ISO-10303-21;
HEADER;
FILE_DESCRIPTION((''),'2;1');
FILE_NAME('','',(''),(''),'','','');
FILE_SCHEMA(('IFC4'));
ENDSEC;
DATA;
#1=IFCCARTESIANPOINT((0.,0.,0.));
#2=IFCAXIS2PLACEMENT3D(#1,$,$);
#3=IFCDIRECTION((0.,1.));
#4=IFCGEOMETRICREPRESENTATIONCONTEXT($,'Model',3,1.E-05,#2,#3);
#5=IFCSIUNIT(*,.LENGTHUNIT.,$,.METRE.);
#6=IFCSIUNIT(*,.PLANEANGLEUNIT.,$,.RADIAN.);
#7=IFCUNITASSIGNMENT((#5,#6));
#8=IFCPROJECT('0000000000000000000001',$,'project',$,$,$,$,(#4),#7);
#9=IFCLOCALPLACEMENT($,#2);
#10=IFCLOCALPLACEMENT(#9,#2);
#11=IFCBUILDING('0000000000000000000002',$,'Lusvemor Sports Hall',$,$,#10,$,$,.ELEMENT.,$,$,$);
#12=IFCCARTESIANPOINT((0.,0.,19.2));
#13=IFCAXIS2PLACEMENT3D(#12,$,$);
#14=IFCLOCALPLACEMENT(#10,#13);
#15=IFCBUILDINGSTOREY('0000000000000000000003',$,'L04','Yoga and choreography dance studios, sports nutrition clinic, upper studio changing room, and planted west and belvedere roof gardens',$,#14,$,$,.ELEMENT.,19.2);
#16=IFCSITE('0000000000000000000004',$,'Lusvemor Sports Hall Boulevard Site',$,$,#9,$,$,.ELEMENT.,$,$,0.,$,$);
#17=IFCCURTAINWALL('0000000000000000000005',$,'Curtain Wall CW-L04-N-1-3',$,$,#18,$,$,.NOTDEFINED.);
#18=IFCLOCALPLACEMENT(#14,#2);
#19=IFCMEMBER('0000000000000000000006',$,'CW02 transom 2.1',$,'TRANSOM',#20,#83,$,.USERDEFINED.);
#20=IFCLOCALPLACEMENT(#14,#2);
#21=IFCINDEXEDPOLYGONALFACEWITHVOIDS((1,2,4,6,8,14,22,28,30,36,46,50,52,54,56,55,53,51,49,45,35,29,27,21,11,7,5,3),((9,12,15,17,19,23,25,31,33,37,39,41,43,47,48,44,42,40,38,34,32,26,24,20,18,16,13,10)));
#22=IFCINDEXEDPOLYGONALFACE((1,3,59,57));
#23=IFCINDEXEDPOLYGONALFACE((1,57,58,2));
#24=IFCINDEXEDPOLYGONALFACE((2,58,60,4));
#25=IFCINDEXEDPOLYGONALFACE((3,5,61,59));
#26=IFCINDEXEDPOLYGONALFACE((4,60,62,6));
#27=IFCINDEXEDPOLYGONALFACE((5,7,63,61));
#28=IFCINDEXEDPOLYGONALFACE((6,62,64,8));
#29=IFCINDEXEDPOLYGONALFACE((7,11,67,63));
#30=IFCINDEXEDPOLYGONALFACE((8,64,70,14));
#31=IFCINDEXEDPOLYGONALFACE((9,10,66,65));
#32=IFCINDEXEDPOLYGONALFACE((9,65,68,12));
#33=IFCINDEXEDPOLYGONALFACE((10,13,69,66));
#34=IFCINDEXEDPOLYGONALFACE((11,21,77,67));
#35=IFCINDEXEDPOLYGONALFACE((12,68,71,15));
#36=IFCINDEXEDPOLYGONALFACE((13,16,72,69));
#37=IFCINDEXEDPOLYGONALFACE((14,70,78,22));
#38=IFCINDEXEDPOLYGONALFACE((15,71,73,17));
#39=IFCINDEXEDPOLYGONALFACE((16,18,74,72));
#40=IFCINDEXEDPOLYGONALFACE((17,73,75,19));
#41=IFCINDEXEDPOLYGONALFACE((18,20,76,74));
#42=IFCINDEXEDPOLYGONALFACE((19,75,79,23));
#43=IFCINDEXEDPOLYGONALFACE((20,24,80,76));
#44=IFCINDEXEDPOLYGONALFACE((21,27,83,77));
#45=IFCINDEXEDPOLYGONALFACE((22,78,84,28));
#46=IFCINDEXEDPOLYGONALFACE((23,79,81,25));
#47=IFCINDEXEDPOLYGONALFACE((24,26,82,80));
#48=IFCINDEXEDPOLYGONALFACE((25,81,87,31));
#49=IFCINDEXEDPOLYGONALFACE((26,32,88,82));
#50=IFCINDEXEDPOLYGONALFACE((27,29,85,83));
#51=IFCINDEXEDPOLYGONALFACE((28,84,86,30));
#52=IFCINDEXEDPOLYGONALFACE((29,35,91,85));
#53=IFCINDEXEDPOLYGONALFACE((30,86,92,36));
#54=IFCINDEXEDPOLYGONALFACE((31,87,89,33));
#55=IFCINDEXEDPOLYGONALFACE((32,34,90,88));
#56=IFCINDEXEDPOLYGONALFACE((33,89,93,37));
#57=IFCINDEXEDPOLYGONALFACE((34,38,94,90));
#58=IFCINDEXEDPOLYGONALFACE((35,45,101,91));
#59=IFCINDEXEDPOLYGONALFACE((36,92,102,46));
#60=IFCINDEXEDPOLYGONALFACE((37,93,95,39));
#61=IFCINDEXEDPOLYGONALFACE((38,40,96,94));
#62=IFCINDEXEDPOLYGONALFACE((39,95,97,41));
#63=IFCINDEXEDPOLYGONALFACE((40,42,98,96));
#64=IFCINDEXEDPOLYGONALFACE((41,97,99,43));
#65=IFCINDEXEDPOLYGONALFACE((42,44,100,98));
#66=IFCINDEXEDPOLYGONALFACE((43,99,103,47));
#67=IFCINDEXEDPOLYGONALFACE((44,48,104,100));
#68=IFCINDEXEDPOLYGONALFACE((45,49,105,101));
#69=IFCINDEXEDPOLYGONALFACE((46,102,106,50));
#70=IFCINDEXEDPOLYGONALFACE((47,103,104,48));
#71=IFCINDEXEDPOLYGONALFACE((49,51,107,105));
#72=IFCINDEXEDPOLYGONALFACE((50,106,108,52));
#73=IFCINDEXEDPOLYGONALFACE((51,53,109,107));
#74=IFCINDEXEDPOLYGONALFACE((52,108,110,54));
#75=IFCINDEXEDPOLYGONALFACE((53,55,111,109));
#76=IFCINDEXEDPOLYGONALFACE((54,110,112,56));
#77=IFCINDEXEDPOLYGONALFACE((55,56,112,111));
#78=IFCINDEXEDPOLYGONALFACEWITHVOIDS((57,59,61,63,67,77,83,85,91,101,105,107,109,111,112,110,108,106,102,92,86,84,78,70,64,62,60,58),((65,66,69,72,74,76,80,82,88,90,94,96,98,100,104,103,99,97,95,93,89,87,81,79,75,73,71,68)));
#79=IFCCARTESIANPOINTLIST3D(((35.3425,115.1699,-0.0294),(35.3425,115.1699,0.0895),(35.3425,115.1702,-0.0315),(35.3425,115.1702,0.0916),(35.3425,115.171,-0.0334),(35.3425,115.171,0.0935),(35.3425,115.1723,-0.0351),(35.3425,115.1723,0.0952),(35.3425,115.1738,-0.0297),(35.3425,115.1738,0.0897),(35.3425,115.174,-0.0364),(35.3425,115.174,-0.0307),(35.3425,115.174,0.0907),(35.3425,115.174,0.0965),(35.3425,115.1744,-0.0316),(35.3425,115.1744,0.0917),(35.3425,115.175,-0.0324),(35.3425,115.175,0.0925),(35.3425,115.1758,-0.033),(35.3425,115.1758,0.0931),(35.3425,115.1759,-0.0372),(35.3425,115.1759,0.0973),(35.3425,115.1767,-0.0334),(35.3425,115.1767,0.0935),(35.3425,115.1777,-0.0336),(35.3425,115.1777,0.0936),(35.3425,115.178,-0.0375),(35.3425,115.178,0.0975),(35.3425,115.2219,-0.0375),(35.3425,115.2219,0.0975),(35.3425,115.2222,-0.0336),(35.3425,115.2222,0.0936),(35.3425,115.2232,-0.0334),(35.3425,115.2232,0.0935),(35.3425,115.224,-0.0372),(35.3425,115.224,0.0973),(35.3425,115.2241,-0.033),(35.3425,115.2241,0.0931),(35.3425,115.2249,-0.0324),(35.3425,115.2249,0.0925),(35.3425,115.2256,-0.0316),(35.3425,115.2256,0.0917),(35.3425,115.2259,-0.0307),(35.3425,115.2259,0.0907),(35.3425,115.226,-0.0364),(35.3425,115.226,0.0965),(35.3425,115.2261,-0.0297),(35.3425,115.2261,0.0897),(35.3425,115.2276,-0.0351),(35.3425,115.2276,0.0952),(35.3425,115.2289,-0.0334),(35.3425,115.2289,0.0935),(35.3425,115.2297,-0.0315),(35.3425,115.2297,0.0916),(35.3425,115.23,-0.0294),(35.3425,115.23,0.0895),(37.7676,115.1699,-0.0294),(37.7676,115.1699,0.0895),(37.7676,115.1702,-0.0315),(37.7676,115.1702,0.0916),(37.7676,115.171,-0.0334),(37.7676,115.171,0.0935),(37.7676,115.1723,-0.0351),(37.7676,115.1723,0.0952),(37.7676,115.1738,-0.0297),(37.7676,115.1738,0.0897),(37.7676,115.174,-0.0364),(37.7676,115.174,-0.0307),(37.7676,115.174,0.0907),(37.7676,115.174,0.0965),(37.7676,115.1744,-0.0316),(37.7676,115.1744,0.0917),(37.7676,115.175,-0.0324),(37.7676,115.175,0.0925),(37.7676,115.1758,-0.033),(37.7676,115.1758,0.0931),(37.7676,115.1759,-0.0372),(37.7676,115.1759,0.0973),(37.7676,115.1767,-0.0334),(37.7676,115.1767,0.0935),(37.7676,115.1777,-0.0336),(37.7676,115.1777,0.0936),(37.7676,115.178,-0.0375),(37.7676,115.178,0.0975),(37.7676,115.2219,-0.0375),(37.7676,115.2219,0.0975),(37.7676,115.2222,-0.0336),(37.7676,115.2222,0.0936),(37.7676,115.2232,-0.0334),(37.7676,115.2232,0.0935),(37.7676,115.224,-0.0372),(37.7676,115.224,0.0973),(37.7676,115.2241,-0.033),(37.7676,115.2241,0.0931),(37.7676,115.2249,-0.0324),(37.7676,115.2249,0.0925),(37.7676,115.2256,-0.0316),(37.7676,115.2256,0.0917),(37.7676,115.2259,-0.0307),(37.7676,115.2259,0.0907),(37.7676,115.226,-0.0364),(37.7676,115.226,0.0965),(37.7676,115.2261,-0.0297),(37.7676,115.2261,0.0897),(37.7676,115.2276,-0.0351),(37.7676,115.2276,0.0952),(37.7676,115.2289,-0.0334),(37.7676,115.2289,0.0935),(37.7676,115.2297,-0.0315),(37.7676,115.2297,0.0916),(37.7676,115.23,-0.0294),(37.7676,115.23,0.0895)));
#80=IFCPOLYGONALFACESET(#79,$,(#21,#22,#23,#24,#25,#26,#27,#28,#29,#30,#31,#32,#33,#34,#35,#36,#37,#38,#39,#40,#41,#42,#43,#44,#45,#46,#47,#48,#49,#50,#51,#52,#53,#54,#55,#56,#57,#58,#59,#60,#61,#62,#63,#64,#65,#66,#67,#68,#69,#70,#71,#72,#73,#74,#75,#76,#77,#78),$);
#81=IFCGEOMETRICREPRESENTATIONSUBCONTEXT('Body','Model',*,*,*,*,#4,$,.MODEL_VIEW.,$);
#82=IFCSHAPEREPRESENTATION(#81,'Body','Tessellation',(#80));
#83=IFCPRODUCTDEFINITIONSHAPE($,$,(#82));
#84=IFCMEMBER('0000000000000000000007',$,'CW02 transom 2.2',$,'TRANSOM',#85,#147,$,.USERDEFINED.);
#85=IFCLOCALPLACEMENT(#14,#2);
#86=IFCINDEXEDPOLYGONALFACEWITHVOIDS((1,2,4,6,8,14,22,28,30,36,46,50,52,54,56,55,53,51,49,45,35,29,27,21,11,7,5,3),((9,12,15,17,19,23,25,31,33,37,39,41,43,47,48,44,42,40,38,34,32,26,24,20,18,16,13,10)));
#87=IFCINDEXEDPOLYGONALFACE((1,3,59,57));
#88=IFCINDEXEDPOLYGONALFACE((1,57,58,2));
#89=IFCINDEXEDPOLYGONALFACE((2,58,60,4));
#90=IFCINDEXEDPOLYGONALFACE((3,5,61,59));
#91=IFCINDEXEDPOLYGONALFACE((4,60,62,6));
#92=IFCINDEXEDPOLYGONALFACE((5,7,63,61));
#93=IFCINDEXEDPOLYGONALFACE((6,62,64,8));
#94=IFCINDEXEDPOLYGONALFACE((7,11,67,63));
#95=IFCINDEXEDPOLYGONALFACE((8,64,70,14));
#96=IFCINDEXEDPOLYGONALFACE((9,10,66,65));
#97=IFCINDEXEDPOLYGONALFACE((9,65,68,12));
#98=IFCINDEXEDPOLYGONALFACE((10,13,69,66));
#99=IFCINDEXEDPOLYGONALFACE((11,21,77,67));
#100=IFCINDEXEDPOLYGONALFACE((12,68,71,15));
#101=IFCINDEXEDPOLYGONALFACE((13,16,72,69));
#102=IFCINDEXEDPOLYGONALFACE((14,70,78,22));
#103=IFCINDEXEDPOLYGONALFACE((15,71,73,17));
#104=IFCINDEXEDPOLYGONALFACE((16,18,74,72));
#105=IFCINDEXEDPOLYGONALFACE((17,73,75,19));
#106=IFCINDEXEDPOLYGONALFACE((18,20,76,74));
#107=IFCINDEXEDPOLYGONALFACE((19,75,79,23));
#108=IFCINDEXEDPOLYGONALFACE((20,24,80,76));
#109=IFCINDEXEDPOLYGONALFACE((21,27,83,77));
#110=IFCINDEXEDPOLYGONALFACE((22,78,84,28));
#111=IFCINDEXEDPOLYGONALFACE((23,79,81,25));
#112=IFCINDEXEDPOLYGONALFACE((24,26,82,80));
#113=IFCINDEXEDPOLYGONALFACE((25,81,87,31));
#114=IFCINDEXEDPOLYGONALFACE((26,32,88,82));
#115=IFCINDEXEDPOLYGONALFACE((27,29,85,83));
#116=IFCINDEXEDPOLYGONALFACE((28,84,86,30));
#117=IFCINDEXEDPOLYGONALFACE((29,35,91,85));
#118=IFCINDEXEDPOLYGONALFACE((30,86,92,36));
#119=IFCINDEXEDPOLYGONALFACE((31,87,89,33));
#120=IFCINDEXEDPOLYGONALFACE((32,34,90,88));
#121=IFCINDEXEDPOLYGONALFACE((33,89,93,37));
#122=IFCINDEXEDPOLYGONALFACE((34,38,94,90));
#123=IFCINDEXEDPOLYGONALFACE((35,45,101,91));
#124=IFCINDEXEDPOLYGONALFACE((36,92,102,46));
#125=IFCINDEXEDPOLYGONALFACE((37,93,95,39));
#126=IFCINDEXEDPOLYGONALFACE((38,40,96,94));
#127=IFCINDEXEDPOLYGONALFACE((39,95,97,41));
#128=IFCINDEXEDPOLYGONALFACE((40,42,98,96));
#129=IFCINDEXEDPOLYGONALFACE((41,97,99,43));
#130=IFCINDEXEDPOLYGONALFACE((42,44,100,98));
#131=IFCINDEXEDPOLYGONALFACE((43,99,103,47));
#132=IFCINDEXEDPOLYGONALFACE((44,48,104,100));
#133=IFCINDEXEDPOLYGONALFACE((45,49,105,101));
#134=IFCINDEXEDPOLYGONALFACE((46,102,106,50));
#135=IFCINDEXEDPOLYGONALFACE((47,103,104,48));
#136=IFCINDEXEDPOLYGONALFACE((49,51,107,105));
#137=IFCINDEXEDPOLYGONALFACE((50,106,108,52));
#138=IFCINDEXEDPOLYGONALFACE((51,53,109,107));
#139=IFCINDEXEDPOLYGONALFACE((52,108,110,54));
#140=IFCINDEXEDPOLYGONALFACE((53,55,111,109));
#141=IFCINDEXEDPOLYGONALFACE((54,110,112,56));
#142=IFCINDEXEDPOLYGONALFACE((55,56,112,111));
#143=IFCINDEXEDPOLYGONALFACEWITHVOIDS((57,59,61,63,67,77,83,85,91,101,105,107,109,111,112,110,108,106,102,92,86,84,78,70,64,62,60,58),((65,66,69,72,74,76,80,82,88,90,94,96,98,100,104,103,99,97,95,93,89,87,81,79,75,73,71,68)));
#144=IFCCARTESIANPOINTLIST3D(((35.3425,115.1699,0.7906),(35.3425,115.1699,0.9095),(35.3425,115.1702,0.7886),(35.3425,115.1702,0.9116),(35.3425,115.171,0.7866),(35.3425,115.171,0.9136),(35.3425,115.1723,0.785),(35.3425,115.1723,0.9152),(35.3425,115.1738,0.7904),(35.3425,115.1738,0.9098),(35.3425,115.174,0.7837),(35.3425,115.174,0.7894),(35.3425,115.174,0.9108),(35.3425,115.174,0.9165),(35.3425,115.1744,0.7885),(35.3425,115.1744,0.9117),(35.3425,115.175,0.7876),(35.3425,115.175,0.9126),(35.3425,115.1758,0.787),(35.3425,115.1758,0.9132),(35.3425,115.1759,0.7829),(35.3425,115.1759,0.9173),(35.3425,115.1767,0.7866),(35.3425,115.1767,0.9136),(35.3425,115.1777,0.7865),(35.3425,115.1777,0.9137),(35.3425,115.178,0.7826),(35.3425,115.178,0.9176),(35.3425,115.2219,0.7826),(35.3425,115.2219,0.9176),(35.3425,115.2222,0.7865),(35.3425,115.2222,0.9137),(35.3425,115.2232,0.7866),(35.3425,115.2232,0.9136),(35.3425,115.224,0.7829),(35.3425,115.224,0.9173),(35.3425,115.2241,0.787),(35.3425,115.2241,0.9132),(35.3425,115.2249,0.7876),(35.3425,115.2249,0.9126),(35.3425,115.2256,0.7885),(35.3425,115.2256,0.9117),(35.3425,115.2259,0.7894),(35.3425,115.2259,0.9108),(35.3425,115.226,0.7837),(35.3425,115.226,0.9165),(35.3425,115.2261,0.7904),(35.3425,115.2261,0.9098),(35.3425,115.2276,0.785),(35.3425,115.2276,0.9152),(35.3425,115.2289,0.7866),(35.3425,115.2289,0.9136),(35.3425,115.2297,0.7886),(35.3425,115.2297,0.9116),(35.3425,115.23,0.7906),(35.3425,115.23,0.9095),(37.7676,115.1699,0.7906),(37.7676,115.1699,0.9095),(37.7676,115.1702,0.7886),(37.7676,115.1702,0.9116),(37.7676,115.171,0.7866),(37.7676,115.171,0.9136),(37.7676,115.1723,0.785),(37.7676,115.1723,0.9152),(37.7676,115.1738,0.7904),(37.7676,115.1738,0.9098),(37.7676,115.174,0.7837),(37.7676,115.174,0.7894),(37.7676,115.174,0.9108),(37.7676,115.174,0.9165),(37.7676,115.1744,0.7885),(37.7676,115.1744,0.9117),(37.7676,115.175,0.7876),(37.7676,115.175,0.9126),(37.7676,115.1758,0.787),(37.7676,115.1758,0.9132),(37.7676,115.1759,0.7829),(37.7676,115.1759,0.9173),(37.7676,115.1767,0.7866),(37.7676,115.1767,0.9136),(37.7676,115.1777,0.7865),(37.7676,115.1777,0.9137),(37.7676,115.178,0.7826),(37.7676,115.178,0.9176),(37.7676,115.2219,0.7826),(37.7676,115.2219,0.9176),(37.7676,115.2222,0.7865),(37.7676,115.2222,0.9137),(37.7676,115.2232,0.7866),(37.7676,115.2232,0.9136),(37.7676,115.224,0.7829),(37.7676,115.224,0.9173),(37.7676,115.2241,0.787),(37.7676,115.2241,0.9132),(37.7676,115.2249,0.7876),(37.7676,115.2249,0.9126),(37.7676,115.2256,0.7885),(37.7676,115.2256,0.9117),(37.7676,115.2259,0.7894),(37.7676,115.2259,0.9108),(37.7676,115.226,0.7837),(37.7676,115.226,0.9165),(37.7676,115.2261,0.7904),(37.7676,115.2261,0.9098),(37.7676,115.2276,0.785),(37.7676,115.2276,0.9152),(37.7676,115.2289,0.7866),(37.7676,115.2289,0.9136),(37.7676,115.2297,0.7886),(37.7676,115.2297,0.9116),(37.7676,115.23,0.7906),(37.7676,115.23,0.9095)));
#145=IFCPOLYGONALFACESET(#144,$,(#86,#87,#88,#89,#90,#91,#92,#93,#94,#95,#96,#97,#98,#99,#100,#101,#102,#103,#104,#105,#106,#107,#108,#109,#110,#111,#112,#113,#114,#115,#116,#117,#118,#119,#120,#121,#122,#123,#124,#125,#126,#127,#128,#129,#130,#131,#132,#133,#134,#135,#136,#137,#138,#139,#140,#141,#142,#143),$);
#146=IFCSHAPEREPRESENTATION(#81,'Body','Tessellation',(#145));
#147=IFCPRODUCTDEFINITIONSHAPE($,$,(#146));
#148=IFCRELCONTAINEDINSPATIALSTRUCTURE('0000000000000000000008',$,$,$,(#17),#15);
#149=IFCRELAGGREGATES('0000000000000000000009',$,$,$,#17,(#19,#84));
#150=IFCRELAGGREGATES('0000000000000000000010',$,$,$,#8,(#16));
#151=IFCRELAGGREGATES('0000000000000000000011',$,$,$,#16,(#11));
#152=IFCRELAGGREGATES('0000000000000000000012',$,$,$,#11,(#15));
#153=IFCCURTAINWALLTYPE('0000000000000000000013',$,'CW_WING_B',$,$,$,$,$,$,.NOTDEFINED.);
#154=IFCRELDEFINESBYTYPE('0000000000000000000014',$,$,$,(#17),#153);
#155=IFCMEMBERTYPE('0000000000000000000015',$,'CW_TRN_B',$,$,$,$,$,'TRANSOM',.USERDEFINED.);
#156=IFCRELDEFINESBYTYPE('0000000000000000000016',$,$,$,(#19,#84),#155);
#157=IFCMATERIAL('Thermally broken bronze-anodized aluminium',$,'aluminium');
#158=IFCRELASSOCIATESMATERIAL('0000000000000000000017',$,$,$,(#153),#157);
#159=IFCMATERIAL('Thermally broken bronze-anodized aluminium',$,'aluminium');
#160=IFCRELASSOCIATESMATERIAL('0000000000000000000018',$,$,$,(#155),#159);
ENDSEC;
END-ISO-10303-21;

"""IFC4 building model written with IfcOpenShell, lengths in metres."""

from ifc_helpers import new_model, si_unit, direction, frame, origin, origin_2d, place, context, subcontext, project, spatial, hollow_rectangle, extrude, material, material_profile, profile_set, type_object, element, aggregate, save


model = new_model("IFC4")

# Units and contexts
model_context = context("Model", 3, precision=1e-05, world=origin(), true_north=direction((0.0, 1.0)))
body_context = subcontext(model_context, "Body", "Model", "MODEL_VIEW")
ifc_project = project(units=[si_unit("LENGTHUNIT", "METRE"), si_unit("PLANEANGLEUNIT", "RADIAN")], contexts=[model_context])

# Site, building, storey
site_placement = place(None, origin())
site = spatial("IfcSite", under=ifc_project, at=site_placement, Name="Lusvemor Sports Hall Boulevard Site", CompositionType="ELEMENT", RefElevation=0.0)
building_placement = place(site_placement, origin())
building = spatial("IfcBuilding", under=site, at=building_placement, Name="Lusvemor Sports Hall", CompositionType="ELEMENT")
storey_placement = place(building_placement, frame((0.0, 0.0, 19.2)))
storey = spatial("IfcBuildingStorey", under=building, at=storey_placement, Name="L04", Description="Yoga and choreography dance studios, sports nutrition clinic, upper studio changing room, and planted west and belvedere roof gardens", CompositionType="ELEMENT", Elevation=19.2)

# Curtain wall, members
ifc_material_1 = material(Name="Thermally broken bronze-anodized aluminium", Category="aluminium")
curtain_wall_type_1 = type_object("IfcCurtainWallType", Name="CW_WING_B", PredefinedType="NOTDEFINED", material=ifc_material_1)
curtain_wall_1_placement = place(storey_placement, origin())
curtain_wall_1 = element("IfcCurtainWall", 1, at=curtain_wall_1_placement, inside=storey, type_object=curtain_wall_type_1, Name="Curtain Wall CW-L04-N-1-3", PredefinedType="NOTDEFINED")
ifc_material_2 = material(Name="Thermally broken bronze-anodized aluminium", Category="aluminium")
ifc_material_profile_1 = material_profile(ifc_material_2, hollow_rectangle(XDim=0.0601, YDim=0.135, WallThickness=0.0039, InnerFilletRadius=0.0039, OuterFilletRadius=0.0081, at=origin_2d()), Name="CWTRN135x60x4")
ifc_profile_set_1 = profile_set([ifc_material_profile_1], Name="Thermally broken bronze-anodized aluminium")
member_type_1 = type_object("IfcMemberType", Name="CW_TRN_B", ElementType="TRANSOM", PredefinedType="USERDEFINED", material=ifc_profile_set_1)
member_1_placement = place(storey_placement, frame((35.3425, 115.2, 0.03), z_axis=(1.0, 0.0, 0.0), x_axis=(0.0, 1.0, 0.0)))
member_1 = element("IfcMember", 2, at=member_1_placement, type_object=member_type_1, Name="CW02 transom 2.1", ObjectType="TRANSOM", PredefinedType="USERDEFINED", context=body_context, shape_type="SweptSolid", body=[
    extrude(hollow_rectangle(XDim=0.0601, YDim=0.135, WallThickness=0.0039, InnerFilletRadius=0.0039, OuterFilletRadius=0.0081, at=origin_2d()), origin(), (0.0, 0.0, 1.0), 2.425),
])
member_2_placement = place(storey_placement, frame((35.3425, 115.2, 0.8501), z_axis=(1.0, 0.0, 0.0), x_axis=(0.0, 1.0, 0.0)))
member_2 = element("IfcMember", 3, at=member_2_placement, type_object=member_type_1, Name="CW02 transom 2.2", ObjectType="TRANSOM", PredefinedType="USERDEFINED", context=body_context, shape_type="SweptSolid", body=[
    extrude(hollow_rectangle(XDim=0.0601, YDim=0.135, WallThickness=0.0039, InnerFilletRadius=0.0039, OuterFilletRadius=0.0081, at=origin_2d()), origin(), (0.0, 0.0, 1.0), 2.425),
])

aggregate(curtain_wall_1, [member_1, member_2])

save(model, "model.ifc")
